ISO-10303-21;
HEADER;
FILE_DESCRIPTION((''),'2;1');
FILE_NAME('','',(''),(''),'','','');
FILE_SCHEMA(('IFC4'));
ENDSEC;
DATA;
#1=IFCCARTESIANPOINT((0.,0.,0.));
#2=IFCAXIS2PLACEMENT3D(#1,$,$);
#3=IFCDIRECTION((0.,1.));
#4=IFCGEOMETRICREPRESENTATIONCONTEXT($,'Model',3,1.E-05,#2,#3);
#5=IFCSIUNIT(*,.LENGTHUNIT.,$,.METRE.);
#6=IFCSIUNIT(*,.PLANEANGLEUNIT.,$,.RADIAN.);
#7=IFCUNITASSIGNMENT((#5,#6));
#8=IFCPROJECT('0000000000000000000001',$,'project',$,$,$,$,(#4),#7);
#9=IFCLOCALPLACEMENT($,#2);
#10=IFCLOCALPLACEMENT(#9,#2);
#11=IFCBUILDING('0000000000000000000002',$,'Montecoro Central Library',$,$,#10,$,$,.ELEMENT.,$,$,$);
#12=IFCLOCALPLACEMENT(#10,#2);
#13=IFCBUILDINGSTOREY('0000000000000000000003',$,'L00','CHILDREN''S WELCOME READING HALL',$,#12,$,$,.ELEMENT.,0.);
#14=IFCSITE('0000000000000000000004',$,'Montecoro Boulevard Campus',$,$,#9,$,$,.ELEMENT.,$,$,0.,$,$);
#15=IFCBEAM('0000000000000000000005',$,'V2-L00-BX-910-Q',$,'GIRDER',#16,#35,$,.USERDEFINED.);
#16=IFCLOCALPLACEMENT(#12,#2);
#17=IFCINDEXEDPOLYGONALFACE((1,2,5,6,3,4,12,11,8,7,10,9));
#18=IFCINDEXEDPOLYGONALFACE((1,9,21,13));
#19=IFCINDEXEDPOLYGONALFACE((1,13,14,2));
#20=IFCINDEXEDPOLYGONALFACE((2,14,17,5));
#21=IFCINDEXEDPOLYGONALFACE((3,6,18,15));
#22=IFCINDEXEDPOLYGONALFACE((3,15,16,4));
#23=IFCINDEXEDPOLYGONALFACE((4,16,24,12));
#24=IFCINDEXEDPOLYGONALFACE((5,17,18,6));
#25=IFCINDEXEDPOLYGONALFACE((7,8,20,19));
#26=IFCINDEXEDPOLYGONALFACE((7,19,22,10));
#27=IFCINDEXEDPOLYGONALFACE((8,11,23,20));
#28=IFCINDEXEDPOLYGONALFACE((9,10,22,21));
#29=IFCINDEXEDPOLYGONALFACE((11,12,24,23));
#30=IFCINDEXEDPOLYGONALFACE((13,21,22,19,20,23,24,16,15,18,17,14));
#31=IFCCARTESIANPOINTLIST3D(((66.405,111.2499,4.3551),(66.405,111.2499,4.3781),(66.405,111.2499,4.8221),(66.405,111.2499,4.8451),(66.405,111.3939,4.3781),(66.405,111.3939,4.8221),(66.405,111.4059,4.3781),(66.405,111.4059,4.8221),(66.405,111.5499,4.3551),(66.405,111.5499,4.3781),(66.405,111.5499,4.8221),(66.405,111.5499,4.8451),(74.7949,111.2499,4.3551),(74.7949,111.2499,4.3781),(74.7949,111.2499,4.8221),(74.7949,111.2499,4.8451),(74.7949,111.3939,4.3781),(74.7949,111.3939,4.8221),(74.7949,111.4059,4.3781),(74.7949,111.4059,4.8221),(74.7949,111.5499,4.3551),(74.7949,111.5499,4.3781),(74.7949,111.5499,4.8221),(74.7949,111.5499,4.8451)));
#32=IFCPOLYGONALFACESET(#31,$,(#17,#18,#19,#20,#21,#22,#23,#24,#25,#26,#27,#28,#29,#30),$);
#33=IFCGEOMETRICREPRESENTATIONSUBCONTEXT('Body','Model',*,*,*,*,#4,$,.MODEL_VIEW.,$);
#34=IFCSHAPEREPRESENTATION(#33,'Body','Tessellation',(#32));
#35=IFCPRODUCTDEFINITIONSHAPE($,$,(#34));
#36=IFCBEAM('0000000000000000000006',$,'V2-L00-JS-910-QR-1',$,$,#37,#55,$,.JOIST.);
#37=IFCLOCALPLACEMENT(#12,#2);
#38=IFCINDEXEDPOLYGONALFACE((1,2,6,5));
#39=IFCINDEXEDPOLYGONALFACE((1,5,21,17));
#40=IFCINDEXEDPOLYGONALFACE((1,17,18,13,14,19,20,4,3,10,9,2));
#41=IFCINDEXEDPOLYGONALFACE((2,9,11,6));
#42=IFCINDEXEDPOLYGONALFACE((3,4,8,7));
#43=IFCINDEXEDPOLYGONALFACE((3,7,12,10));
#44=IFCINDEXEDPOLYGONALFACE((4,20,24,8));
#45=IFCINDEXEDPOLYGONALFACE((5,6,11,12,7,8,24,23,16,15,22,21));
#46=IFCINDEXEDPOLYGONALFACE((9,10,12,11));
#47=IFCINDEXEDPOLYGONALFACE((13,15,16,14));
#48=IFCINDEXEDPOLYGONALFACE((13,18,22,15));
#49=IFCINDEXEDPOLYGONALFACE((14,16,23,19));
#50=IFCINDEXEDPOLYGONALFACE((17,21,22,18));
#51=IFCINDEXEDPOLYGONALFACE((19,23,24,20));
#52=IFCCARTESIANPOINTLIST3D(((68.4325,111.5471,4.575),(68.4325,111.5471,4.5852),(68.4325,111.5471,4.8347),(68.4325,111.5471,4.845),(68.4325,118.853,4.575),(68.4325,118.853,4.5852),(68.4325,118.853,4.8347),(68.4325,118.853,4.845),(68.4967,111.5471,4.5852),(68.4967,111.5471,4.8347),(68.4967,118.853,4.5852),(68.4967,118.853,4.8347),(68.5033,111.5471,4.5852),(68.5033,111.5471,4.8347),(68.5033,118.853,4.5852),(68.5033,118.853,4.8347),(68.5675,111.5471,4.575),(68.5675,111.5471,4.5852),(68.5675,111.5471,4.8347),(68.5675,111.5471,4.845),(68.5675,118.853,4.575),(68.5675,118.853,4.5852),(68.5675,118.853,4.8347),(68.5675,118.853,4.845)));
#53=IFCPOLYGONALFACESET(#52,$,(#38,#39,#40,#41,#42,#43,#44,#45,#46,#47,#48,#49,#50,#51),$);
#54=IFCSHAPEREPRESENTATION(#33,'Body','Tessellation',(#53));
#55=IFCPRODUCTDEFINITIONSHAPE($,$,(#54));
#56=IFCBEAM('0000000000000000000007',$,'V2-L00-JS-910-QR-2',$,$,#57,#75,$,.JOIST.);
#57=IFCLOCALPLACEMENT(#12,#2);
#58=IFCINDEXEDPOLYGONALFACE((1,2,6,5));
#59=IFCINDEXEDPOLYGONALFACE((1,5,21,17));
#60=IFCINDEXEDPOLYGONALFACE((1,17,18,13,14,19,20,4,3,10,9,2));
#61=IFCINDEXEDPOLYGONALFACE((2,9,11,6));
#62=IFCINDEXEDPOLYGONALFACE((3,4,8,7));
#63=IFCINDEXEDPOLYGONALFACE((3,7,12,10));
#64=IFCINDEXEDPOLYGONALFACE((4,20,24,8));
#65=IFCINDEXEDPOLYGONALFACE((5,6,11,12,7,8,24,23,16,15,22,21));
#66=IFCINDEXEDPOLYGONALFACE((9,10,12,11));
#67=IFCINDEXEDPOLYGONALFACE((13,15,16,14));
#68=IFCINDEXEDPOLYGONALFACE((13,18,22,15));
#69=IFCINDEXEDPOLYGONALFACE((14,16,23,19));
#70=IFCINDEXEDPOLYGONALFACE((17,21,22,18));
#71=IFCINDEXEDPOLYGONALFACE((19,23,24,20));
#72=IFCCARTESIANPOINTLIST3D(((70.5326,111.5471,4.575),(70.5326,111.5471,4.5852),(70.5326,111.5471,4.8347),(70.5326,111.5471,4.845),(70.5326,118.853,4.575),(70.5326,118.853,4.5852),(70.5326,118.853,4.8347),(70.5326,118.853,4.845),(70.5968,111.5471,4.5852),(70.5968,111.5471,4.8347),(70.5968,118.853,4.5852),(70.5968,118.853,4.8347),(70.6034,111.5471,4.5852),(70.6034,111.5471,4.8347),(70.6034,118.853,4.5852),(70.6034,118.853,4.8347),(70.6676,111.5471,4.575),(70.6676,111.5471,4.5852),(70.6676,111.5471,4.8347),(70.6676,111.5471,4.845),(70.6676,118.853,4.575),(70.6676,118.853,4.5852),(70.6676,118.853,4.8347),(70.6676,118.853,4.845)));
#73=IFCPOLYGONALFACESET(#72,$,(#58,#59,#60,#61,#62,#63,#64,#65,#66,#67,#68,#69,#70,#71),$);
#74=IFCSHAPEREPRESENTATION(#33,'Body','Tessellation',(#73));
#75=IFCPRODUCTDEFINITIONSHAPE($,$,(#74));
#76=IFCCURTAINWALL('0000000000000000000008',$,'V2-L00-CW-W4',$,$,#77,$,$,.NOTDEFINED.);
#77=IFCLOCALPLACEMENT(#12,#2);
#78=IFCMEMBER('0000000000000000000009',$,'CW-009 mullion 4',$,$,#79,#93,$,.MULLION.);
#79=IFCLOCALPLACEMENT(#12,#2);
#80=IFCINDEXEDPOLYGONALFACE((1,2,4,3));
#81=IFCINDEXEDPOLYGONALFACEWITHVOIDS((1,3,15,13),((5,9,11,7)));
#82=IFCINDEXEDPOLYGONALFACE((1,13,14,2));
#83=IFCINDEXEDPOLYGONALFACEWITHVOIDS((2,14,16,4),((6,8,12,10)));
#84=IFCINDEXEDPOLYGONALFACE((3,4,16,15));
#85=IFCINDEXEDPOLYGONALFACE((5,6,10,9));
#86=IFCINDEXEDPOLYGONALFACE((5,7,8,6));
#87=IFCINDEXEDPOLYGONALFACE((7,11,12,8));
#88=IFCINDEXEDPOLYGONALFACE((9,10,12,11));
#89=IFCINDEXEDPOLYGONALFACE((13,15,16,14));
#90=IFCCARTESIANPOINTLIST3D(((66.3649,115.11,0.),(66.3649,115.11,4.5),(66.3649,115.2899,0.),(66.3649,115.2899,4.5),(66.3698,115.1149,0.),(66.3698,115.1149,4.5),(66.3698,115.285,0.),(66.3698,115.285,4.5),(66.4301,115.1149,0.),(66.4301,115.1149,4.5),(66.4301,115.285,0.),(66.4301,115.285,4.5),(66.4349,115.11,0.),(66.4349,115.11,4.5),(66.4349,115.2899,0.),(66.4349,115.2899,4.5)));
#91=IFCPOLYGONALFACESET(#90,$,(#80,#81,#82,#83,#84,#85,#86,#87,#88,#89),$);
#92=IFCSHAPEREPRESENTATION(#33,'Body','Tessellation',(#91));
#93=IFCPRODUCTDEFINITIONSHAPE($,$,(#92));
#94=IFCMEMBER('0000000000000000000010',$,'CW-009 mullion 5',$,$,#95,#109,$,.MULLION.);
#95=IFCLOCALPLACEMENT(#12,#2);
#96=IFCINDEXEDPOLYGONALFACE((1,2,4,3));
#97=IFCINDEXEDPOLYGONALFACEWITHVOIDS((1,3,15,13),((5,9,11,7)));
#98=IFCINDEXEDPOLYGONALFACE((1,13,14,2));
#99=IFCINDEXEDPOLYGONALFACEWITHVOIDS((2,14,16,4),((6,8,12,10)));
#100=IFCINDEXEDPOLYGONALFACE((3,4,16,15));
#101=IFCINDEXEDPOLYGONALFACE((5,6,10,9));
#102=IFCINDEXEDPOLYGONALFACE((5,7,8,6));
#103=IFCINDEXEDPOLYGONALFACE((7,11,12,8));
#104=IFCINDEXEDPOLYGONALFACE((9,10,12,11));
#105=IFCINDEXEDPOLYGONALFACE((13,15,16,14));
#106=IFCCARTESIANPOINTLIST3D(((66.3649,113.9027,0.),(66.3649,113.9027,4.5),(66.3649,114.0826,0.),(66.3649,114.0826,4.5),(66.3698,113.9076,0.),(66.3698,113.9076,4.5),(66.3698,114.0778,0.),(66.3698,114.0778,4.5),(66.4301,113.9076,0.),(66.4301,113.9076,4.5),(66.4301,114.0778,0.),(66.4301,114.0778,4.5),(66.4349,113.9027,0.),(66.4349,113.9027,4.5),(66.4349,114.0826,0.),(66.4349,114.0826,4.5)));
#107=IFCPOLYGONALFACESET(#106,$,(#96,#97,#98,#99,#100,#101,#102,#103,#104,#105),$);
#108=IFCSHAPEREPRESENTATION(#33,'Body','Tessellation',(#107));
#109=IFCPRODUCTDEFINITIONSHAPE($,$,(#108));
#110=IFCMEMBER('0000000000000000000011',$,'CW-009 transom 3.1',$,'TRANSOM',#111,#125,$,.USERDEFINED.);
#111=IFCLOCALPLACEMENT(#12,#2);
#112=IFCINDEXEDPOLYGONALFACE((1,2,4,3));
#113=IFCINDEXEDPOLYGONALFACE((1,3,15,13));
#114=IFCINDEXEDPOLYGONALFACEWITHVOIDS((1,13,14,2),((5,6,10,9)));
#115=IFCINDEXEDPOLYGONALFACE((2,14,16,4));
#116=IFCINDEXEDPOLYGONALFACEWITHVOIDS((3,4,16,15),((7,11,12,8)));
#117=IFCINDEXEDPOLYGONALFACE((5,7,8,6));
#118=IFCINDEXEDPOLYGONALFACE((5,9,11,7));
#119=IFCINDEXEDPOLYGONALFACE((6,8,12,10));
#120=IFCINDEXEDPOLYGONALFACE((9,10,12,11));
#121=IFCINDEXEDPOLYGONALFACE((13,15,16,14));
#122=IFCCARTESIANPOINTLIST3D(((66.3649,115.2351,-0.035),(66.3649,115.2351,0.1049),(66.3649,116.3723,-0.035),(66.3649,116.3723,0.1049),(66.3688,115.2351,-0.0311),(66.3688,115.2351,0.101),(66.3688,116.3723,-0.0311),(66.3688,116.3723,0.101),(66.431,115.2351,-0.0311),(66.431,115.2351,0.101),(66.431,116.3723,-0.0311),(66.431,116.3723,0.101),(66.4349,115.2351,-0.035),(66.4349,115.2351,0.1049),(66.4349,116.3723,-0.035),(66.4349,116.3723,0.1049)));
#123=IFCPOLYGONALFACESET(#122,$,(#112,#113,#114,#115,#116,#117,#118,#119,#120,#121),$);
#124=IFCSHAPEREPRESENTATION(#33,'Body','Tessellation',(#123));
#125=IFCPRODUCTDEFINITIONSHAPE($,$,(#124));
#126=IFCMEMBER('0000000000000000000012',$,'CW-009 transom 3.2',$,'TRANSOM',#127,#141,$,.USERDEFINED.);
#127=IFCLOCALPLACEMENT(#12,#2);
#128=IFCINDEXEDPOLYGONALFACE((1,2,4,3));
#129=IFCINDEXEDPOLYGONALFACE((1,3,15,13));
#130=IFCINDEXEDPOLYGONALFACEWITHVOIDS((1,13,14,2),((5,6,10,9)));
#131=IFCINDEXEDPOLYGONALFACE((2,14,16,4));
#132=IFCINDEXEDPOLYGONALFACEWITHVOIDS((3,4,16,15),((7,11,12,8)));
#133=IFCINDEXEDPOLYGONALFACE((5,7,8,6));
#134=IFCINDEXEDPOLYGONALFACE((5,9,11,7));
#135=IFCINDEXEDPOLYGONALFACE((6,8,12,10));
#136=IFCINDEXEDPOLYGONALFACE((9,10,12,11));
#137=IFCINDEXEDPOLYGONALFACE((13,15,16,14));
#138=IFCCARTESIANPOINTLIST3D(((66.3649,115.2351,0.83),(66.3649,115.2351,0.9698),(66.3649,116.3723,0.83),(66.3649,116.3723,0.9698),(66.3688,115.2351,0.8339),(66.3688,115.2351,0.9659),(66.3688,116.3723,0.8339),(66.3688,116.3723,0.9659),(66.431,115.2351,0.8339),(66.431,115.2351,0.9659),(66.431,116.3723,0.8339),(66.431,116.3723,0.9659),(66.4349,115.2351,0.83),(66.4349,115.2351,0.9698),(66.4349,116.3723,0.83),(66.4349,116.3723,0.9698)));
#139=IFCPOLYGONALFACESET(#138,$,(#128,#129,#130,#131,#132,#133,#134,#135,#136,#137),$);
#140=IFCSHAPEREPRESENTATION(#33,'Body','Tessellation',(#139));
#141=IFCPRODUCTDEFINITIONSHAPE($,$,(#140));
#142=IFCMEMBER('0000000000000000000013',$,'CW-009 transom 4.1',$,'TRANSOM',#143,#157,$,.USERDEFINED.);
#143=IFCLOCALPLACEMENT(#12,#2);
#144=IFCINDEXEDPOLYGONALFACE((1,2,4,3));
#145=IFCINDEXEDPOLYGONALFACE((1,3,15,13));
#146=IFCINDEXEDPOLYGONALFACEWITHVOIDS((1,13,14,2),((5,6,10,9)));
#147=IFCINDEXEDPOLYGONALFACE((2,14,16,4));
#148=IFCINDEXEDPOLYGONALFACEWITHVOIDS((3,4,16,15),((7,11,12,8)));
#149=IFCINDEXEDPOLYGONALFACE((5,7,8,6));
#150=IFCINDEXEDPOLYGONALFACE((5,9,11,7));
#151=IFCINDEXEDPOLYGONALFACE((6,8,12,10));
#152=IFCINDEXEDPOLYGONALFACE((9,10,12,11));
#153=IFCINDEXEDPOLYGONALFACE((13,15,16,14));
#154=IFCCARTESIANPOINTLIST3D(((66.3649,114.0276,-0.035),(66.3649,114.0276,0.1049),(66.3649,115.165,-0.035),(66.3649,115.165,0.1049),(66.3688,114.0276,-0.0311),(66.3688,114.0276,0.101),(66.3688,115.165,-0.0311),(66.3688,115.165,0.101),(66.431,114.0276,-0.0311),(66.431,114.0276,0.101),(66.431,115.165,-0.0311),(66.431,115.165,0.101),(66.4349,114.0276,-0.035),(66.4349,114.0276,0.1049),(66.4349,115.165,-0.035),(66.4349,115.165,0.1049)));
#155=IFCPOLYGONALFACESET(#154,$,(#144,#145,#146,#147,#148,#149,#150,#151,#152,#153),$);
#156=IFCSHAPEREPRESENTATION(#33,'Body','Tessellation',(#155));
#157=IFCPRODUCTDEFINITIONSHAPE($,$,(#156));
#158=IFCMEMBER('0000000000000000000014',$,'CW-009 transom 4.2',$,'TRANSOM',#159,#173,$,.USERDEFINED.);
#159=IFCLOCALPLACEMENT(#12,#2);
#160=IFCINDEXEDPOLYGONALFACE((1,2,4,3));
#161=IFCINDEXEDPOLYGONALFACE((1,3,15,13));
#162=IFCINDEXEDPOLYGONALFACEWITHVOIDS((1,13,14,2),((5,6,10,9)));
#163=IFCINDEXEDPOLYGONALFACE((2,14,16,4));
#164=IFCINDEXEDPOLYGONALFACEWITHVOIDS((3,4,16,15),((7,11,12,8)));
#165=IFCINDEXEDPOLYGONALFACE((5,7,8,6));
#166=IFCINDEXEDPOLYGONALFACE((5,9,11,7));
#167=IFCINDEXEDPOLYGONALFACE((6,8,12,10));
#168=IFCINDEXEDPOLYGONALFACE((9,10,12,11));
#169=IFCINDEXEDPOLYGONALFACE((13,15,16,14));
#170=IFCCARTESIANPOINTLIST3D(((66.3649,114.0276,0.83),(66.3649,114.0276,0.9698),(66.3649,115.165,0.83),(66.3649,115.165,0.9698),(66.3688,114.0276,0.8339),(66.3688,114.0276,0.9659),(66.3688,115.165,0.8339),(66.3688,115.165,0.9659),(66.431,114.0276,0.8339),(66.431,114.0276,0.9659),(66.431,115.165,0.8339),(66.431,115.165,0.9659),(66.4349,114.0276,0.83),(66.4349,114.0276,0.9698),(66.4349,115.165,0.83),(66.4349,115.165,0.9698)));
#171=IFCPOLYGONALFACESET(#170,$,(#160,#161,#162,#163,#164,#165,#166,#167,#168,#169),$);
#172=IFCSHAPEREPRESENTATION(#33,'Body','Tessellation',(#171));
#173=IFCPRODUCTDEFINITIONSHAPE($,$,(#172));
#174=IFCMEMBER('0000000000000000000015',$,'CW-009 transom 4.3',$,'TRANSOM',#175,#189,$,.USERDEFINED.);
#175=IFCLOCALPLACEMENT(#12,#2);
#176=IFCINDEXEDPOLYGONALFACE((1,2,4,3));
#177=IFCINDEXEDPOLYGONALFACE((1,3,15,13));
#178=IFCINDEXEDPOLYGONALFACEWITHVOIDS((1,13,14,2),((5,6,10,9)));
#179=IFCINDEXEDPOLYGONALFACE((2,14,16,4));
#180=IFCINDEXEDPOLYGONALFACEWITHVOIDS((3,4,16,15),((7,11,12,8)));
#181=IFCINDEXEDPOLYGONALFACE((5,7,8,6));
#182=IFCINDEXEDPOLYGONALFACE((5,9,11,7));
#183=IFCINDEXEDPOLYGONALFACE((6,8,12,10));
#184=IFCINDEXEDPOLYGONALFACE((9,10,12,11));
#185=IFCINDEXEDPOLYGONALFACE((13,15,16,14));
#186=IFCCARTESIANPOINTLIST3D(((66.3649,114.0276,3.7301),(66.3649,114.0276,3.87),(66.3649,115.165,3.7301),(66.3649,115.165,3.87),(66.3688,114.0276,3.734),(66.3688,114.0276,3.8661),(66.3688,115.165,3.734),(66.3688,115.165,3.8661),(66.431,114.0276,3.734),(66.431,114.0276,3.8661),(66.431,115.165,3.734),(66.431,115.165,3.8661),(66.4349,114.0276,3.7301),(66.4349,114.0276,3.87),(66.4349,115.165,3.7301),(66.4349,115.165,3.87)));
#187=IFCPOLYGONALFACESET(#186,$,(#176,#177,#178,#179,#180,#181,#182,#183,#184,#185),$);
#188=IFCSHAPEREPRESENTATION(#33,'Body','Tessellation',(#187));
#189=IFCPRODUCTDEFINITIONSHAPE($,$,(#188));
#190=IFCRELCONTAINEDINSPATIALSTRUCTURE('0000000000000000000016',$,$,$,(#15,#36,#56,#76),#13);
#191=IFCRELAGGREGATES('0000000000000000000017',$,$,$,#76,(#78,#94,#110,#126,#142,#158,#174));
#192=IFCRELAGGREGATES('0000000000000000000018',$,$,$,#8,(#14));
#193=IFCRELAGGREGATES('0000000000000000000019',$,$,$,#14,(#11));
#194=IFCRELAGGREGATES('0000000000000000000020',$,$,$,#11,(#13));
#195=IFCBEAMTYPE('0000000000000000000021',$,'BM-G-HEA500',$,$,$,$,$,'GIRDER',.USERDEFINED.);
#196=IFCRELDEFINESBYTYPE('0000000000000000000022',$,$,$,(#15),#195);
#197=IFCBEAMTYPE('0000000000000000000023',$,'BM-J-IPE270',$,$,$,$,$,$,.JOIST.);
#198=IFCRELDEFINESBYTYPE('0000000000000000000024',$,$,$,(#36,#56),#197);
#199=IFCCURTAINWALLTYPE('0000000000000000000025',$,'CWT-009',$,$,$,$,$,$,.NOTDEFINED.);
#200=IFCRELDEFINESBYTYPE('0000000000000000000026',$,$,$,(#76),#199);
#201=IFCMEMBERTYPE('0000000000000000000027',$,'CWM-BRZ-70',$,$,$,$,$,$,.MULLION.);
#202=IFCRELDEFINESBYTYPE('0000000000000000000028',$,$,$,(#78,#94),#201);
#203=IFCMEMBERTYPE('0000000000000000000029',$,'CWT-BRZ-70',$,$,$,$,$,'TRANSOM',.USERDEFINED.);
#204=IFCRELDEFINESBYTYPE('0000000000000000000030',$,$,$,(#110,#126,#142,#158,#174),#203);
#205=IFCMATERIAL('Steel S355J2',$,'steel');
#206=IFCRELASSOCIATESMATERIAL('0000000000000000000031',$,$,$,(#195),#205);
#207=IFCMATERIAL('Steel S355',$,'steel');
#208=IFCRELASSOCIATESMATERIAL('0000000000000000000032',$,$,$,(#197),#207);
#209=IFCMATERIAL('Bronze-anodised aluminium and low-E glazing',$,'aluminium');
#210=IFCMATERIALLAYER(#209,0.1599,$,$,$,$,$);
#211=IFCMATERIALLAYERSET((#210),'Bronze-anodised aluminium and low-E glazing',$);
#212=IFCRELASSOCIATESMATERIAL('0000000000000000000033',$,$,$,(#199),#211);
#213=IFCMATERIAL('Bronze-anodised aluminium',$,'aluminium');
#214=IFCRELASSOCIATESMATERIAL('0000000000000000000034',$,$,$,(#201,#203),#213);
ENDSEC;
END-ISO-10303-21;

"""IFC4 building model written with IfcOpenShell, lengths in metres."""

from ifc_helpers import new_model, si_unit, direction, frame, origin, origin_2d, place, context, subcontext, project, spatial, hollow_rectangle, i_section, extrude, material, layer, layer_set, material_profile, profile_set, type_object, element, aggregate, save


model = new_model("IFC4")

# Units and contexts
model_context = context("Model", 3, precision=1e-05, world=origin(), true_north=direction((0.0, 1.0)))
body_context = subcontext(model_context, "Body", "Model", "MODEL_VIEW")
ifc_project = project(units=[si_unit("LENGTHUNIT", "METRE"), si_unit("PLANEANGLEUNIT", "RADIAN")], contexts=[model_context])

# Site, building, storey
site_placement = place(None, origin())
site = spatial("IfcSite", under=ifc_project, at=site_placement, Name="Montecoro Boulevard Campus", CompositionType="ELEMENT", RefElevation=0.0)
building_placement = place(site_placement, origin())
building = spatial("IfcBuilding", under=site, at=building_placement, Name="Montecoro Central Library", CompositionType="ELEMENT")
storey_placement = place(building_placement, origin())
storey = spatial("IfcBuildingStorey", under=building, at=storey_placement, Name="L00", Description="CHILDREN'S WELCOME READING HALL", CompositionType="ELEMENT", Elevation=0.0)

# Beams
ifc_material_1 = material(Name="Steel S355J2", Category="steel")
ifc_material_profile_1 = material_profile(ifc_material_1, i_section(OverallWidth=0.3, OverallDepth=0.49, WebThickness=0.012, FlangeThickness=0.0229, at=origin_2d()), Name="HEA 500")
ifc_profile_set_1 = profile_set([ifc_material_profile_1], Name="Steel S355J2")
beam_type_1 = type_object("IfcBeamType", Name="BM-G-HEA500", ElementType="GIRDER", PredefinedType="USERDEFINED", material=ifc_profile_set_1)
beam_placement = place(storey_placement, frame((66.405, 111.3999, 4.6001), z_axis=(1.0, 0.0, 0.0), x_axis=(0.0, 1.0, 0.0)))
element("IfcBeam", 1, at=beam_placement, inside=storey, type_object=beam_type_1, Name="V2-L00-BX-910-Q", ObjectType="GIRDER", PredefinedType="USERDEFINED", context=body_context, shape_type="SweptSolid", body=[
    extrude(i_section(OverallWidth=0.3, OverallDepth=0.49, WebThickness=0.012, FlangeThickness=0.0229, at=origin_2d()), origin(), (0.0, 0.0, 1.0), 8.3899),
])
ifc_material_2 = material(Name="Steel S355", Category="steel")
ifc_material_profile_2 = material_profile(ifc_material_2, i_section(OverallWidth=0.135, OverallDepth=0.27, WebThickness=0.0066, FlangeThickness=0.0103, at=origin_2d()), Name="IPE 270")
ifc_profile_set_2 = profile_set([ifc_material_profile_2], Name="Steel S355")
beam_type_2 = type_object("IfcBeamType", Name="BM-J-IPE270", PredefinedType="JOIST", material=ifc_profile_set_2)
for number, where, z_axis, x_axis, name in (
    (2, (68.5, 111.5471, 4.71), (0.0, 1.0, 0.0), (-1.0, 0.0, 0.0), "V2-L00-JS-910-QR-1"),
    (3, (70.6001, 111.5471, 4.71), (0.0, 1.0, 0.0), (-1.0, 0.0, 0.0), "V2-L00-JS-910-QR-2"),
):
    element("IfcBeam", number, at=place(storey_placement, frame(where, z_axis=z_axis, x_axis=x_axis)), inside=storey, type_object=beam_type_2, Name=name, PredefinedType="JOIST", context=body_context, shape_type="SweptSolid", body=[
        extrude(i_section(OverallWidth=0.135, OverallDepth=0.27, WebThickness=0.0066, FlangeThickness=0.0103, at=origin_2d()), origin(), (0.0, 0.0, 1.0), 7.3059),
    ])

# Curtain wall, members
ifc_material_3 = material(Name="Bronze-anodised aluminium and low-E glazing", Category="aluminium")
ifc_layer_1 = layer(ifc_material_3, 0.1599)
ifc_layer_set_1 = layer_set([ifc_layer_1], Name="Bronze-anodised aluminium and low-E glazing")
curtain_wall_type = type_object("IfcCurtainWallType", Name="CWT-009", PredefinedType="NOTDEFINED", material=ifc_layer_set_1)
curtain_wall_placement = place(storey_placement, origin())
curtain_wall = element("IfcCurtainWall", 4, at=curtain_wall_placement, inside=storey, type_object=curtain_wall_type, Name="V2-L00-CW-W4", PredefinedType="NOTDEFINED")
ifc_material_4 = material(Name="Bronze-anodised aluminium", Category="aluminium")
ifc_material_profile_3 = material_profile(ifc_material_4, hollow_rectangle(XDim=0.0701, YDim=0.1799, WallThickness=0.0049, at=origin_2d()), Name="CWM 180x70x5.0")
ifc_profile_set_3 = profile_set([ifc_material_profile_3], Name="Bronze-anodised aluminium")
member_type_1 = type_object("IfcMemberType", Name="CWM-BRZ-70", PredefinedType="MULLION", material=ifc_profile_set_3)
member_1_placement = place(storey_placement, frame((66.3999, 115.2, 0.0), z_axis=(0.0, 0.0, 1.0), x_axis=(1.0, 0.0, 0.0)))
member_1 = element("IfcMember", 5, at=member_1_placement, type_object=member_type_1, Name="CW-009 mullion 4", PredefinedType="MULLION", context=body_context, shape_type="SweptSolid", body=[
    extrude(hollow_rectangle(XDim=0.0701, YDim=0.1799, WallThickness=0.0049, at=origin_2d()), origin(), (0.0, 0.0, 1.0), 4.5),
])
member_2_placement = place(storey_placement, frame((66.3999, 113.9927, 0.0), z_axis=(0.0, 0.0, 1.0), x_axis=(1.0, 0.0, 0.0)))
member_2 = element("IfcMember", 6, at=member_2_placement, type_object=member_type_1, Name="CW-009 mullion 5", PredefinedType="MULLION", context=body_context, shape_type="SweptSolid", body=[
    extrude(hollow_rectangle(XDim=0.0701, YDim=0.1799, WallThickness=0.0049, at=origin_2d()), origin(), (0.0, 0.0, 1.0), 4.5),
])
ifc_material_profile_4 = material_profile(ifc_material_4, hollow_rectangle(XDim=0.0701, YDim=0.1399, WallThickness=0.0039, at=origin_2d()), Name="CWT 140x70x4.0")
ifc_profile_set_4 = profile_set([ifc_material_profile_4], Name="Bronze-anodised aluminium")
member_type_2 = type_object("IfcMemberType", Name="CWT-BRZ-70", ElementType="TRANSOM", PredefinedType="USERDEFINED", material=ifc_profile_set_4)
member_3_placement = place(storey_placement, frame((66.3999, 116.3723, 0.0349), z_axis=(0.0, -1.0, 0.0), x_axis=(1.0, 0.0, 0.0)))
member_3 = element("IfcMember", 7, at=member_3_placement, type_object=member_type_2, Name="CW-009 transom 3.1", ObjectType="TRANSOM", PredefinedType="USERDEFINED", context=body_context, shape_type="SweptSolid", body=[
    extrude(hollow_rectangle(XDim=0.0701, YDim=0.1399, WallThickness=0.0039, at=origin_2d()), origin(), (0.0, 0.0, 1.0), 1.1372),
])
member_4_placement = place(storey_placement, frame((66.3999, 116.3723, 0.8999), z_axis=(0.0, -1.0, 0.0), x_axis=(1.0, 0.0, 0.0)))
member_4 = element("IfcMember", 8, at=member_4_placement, type_object=member_type_2, Name="CW-009 transom 3.2", ObjectType="TRANSOM", PredefinedType="USERDEFINED", context=body_context, shape_type="SweptSolid", body=[
    extrude(hollow_rectangle(XDim=0.0701, YDim=0.1399, WallThickness=0.0039, at=origin_2d()), origin(), (0.0, 0.0, 1.0), 1.1372),
])
member_5_placement = place(storey_placement, frame((66.3999, 115.165, 0.0349), z_axis=(0.0, -1.0, 0.0), x_axis=(1.0, 0.0, 0.0)))
member_5 = element("IfcMember", 9, at=member_5_placement, type_object=member_type_2, Name="CW-009 transom 4.1", ObjectType="TRANSOM", PredefinedType="USERDEFINED", context=body_context, shape_type="SweptSolid", body=[
    extrude(hollow_rectangle(XDim=0.0701, YDim=0.1399, WallThickness=0.0039, at=origin_2d()), origin(), (0.0, 0.0, 1.0), 1.1375),
])
member_6_placement = place(storey_placement, frame((66.3999, 115.165, 0.8999), z_axis=(0.0, -1.0, 0.0), x_axis=(1.0, 0.0, 0.0)))
member_6 = element("IfcMember", 10, at=member_6_placement, type_object=member_type_2, Name="CW-009 transom 4.2", ObjectType="TRANSOM", PredefinedType="USERDEFINED", context=body_context, shape_type="SweptSolid", body=[
    extrude(hollow_rectangle(XDim=0.0701, YDim=0.1399, WallThickness=0.0039, at=origin_2d()), origin(), (0.0, 0.0, 1.0), 1.1375),
])
member_7_placement = place(storey_placement, frame((66.3999, 115.165, 3.8), z_axis=(0.0, -1.0, 0.0), x_axis=(1.0, 0.0, 0.0)))
member_7 = element("IfcMember", 11, at=member_7_placement, type_object=member_type_2, Name="CW-009 transom 4.3", ObjectType="TRANSOM", PredefinedType="USERDEFINED", context=body_context, shape_type="SweptSolid", body=[
    extrude(hollow_rectangle(XDim=0.0701, YDim=0.1399, WallThickness=0.0039, at=origin_2d()), origin(), (0.0, 0.0, 1.0), 1.1375),
])
aggregate(curtain_wall, [member_1, member_2, member_3, member_4, member_5, member_6, member_7])

save(model, "model.ifc")
